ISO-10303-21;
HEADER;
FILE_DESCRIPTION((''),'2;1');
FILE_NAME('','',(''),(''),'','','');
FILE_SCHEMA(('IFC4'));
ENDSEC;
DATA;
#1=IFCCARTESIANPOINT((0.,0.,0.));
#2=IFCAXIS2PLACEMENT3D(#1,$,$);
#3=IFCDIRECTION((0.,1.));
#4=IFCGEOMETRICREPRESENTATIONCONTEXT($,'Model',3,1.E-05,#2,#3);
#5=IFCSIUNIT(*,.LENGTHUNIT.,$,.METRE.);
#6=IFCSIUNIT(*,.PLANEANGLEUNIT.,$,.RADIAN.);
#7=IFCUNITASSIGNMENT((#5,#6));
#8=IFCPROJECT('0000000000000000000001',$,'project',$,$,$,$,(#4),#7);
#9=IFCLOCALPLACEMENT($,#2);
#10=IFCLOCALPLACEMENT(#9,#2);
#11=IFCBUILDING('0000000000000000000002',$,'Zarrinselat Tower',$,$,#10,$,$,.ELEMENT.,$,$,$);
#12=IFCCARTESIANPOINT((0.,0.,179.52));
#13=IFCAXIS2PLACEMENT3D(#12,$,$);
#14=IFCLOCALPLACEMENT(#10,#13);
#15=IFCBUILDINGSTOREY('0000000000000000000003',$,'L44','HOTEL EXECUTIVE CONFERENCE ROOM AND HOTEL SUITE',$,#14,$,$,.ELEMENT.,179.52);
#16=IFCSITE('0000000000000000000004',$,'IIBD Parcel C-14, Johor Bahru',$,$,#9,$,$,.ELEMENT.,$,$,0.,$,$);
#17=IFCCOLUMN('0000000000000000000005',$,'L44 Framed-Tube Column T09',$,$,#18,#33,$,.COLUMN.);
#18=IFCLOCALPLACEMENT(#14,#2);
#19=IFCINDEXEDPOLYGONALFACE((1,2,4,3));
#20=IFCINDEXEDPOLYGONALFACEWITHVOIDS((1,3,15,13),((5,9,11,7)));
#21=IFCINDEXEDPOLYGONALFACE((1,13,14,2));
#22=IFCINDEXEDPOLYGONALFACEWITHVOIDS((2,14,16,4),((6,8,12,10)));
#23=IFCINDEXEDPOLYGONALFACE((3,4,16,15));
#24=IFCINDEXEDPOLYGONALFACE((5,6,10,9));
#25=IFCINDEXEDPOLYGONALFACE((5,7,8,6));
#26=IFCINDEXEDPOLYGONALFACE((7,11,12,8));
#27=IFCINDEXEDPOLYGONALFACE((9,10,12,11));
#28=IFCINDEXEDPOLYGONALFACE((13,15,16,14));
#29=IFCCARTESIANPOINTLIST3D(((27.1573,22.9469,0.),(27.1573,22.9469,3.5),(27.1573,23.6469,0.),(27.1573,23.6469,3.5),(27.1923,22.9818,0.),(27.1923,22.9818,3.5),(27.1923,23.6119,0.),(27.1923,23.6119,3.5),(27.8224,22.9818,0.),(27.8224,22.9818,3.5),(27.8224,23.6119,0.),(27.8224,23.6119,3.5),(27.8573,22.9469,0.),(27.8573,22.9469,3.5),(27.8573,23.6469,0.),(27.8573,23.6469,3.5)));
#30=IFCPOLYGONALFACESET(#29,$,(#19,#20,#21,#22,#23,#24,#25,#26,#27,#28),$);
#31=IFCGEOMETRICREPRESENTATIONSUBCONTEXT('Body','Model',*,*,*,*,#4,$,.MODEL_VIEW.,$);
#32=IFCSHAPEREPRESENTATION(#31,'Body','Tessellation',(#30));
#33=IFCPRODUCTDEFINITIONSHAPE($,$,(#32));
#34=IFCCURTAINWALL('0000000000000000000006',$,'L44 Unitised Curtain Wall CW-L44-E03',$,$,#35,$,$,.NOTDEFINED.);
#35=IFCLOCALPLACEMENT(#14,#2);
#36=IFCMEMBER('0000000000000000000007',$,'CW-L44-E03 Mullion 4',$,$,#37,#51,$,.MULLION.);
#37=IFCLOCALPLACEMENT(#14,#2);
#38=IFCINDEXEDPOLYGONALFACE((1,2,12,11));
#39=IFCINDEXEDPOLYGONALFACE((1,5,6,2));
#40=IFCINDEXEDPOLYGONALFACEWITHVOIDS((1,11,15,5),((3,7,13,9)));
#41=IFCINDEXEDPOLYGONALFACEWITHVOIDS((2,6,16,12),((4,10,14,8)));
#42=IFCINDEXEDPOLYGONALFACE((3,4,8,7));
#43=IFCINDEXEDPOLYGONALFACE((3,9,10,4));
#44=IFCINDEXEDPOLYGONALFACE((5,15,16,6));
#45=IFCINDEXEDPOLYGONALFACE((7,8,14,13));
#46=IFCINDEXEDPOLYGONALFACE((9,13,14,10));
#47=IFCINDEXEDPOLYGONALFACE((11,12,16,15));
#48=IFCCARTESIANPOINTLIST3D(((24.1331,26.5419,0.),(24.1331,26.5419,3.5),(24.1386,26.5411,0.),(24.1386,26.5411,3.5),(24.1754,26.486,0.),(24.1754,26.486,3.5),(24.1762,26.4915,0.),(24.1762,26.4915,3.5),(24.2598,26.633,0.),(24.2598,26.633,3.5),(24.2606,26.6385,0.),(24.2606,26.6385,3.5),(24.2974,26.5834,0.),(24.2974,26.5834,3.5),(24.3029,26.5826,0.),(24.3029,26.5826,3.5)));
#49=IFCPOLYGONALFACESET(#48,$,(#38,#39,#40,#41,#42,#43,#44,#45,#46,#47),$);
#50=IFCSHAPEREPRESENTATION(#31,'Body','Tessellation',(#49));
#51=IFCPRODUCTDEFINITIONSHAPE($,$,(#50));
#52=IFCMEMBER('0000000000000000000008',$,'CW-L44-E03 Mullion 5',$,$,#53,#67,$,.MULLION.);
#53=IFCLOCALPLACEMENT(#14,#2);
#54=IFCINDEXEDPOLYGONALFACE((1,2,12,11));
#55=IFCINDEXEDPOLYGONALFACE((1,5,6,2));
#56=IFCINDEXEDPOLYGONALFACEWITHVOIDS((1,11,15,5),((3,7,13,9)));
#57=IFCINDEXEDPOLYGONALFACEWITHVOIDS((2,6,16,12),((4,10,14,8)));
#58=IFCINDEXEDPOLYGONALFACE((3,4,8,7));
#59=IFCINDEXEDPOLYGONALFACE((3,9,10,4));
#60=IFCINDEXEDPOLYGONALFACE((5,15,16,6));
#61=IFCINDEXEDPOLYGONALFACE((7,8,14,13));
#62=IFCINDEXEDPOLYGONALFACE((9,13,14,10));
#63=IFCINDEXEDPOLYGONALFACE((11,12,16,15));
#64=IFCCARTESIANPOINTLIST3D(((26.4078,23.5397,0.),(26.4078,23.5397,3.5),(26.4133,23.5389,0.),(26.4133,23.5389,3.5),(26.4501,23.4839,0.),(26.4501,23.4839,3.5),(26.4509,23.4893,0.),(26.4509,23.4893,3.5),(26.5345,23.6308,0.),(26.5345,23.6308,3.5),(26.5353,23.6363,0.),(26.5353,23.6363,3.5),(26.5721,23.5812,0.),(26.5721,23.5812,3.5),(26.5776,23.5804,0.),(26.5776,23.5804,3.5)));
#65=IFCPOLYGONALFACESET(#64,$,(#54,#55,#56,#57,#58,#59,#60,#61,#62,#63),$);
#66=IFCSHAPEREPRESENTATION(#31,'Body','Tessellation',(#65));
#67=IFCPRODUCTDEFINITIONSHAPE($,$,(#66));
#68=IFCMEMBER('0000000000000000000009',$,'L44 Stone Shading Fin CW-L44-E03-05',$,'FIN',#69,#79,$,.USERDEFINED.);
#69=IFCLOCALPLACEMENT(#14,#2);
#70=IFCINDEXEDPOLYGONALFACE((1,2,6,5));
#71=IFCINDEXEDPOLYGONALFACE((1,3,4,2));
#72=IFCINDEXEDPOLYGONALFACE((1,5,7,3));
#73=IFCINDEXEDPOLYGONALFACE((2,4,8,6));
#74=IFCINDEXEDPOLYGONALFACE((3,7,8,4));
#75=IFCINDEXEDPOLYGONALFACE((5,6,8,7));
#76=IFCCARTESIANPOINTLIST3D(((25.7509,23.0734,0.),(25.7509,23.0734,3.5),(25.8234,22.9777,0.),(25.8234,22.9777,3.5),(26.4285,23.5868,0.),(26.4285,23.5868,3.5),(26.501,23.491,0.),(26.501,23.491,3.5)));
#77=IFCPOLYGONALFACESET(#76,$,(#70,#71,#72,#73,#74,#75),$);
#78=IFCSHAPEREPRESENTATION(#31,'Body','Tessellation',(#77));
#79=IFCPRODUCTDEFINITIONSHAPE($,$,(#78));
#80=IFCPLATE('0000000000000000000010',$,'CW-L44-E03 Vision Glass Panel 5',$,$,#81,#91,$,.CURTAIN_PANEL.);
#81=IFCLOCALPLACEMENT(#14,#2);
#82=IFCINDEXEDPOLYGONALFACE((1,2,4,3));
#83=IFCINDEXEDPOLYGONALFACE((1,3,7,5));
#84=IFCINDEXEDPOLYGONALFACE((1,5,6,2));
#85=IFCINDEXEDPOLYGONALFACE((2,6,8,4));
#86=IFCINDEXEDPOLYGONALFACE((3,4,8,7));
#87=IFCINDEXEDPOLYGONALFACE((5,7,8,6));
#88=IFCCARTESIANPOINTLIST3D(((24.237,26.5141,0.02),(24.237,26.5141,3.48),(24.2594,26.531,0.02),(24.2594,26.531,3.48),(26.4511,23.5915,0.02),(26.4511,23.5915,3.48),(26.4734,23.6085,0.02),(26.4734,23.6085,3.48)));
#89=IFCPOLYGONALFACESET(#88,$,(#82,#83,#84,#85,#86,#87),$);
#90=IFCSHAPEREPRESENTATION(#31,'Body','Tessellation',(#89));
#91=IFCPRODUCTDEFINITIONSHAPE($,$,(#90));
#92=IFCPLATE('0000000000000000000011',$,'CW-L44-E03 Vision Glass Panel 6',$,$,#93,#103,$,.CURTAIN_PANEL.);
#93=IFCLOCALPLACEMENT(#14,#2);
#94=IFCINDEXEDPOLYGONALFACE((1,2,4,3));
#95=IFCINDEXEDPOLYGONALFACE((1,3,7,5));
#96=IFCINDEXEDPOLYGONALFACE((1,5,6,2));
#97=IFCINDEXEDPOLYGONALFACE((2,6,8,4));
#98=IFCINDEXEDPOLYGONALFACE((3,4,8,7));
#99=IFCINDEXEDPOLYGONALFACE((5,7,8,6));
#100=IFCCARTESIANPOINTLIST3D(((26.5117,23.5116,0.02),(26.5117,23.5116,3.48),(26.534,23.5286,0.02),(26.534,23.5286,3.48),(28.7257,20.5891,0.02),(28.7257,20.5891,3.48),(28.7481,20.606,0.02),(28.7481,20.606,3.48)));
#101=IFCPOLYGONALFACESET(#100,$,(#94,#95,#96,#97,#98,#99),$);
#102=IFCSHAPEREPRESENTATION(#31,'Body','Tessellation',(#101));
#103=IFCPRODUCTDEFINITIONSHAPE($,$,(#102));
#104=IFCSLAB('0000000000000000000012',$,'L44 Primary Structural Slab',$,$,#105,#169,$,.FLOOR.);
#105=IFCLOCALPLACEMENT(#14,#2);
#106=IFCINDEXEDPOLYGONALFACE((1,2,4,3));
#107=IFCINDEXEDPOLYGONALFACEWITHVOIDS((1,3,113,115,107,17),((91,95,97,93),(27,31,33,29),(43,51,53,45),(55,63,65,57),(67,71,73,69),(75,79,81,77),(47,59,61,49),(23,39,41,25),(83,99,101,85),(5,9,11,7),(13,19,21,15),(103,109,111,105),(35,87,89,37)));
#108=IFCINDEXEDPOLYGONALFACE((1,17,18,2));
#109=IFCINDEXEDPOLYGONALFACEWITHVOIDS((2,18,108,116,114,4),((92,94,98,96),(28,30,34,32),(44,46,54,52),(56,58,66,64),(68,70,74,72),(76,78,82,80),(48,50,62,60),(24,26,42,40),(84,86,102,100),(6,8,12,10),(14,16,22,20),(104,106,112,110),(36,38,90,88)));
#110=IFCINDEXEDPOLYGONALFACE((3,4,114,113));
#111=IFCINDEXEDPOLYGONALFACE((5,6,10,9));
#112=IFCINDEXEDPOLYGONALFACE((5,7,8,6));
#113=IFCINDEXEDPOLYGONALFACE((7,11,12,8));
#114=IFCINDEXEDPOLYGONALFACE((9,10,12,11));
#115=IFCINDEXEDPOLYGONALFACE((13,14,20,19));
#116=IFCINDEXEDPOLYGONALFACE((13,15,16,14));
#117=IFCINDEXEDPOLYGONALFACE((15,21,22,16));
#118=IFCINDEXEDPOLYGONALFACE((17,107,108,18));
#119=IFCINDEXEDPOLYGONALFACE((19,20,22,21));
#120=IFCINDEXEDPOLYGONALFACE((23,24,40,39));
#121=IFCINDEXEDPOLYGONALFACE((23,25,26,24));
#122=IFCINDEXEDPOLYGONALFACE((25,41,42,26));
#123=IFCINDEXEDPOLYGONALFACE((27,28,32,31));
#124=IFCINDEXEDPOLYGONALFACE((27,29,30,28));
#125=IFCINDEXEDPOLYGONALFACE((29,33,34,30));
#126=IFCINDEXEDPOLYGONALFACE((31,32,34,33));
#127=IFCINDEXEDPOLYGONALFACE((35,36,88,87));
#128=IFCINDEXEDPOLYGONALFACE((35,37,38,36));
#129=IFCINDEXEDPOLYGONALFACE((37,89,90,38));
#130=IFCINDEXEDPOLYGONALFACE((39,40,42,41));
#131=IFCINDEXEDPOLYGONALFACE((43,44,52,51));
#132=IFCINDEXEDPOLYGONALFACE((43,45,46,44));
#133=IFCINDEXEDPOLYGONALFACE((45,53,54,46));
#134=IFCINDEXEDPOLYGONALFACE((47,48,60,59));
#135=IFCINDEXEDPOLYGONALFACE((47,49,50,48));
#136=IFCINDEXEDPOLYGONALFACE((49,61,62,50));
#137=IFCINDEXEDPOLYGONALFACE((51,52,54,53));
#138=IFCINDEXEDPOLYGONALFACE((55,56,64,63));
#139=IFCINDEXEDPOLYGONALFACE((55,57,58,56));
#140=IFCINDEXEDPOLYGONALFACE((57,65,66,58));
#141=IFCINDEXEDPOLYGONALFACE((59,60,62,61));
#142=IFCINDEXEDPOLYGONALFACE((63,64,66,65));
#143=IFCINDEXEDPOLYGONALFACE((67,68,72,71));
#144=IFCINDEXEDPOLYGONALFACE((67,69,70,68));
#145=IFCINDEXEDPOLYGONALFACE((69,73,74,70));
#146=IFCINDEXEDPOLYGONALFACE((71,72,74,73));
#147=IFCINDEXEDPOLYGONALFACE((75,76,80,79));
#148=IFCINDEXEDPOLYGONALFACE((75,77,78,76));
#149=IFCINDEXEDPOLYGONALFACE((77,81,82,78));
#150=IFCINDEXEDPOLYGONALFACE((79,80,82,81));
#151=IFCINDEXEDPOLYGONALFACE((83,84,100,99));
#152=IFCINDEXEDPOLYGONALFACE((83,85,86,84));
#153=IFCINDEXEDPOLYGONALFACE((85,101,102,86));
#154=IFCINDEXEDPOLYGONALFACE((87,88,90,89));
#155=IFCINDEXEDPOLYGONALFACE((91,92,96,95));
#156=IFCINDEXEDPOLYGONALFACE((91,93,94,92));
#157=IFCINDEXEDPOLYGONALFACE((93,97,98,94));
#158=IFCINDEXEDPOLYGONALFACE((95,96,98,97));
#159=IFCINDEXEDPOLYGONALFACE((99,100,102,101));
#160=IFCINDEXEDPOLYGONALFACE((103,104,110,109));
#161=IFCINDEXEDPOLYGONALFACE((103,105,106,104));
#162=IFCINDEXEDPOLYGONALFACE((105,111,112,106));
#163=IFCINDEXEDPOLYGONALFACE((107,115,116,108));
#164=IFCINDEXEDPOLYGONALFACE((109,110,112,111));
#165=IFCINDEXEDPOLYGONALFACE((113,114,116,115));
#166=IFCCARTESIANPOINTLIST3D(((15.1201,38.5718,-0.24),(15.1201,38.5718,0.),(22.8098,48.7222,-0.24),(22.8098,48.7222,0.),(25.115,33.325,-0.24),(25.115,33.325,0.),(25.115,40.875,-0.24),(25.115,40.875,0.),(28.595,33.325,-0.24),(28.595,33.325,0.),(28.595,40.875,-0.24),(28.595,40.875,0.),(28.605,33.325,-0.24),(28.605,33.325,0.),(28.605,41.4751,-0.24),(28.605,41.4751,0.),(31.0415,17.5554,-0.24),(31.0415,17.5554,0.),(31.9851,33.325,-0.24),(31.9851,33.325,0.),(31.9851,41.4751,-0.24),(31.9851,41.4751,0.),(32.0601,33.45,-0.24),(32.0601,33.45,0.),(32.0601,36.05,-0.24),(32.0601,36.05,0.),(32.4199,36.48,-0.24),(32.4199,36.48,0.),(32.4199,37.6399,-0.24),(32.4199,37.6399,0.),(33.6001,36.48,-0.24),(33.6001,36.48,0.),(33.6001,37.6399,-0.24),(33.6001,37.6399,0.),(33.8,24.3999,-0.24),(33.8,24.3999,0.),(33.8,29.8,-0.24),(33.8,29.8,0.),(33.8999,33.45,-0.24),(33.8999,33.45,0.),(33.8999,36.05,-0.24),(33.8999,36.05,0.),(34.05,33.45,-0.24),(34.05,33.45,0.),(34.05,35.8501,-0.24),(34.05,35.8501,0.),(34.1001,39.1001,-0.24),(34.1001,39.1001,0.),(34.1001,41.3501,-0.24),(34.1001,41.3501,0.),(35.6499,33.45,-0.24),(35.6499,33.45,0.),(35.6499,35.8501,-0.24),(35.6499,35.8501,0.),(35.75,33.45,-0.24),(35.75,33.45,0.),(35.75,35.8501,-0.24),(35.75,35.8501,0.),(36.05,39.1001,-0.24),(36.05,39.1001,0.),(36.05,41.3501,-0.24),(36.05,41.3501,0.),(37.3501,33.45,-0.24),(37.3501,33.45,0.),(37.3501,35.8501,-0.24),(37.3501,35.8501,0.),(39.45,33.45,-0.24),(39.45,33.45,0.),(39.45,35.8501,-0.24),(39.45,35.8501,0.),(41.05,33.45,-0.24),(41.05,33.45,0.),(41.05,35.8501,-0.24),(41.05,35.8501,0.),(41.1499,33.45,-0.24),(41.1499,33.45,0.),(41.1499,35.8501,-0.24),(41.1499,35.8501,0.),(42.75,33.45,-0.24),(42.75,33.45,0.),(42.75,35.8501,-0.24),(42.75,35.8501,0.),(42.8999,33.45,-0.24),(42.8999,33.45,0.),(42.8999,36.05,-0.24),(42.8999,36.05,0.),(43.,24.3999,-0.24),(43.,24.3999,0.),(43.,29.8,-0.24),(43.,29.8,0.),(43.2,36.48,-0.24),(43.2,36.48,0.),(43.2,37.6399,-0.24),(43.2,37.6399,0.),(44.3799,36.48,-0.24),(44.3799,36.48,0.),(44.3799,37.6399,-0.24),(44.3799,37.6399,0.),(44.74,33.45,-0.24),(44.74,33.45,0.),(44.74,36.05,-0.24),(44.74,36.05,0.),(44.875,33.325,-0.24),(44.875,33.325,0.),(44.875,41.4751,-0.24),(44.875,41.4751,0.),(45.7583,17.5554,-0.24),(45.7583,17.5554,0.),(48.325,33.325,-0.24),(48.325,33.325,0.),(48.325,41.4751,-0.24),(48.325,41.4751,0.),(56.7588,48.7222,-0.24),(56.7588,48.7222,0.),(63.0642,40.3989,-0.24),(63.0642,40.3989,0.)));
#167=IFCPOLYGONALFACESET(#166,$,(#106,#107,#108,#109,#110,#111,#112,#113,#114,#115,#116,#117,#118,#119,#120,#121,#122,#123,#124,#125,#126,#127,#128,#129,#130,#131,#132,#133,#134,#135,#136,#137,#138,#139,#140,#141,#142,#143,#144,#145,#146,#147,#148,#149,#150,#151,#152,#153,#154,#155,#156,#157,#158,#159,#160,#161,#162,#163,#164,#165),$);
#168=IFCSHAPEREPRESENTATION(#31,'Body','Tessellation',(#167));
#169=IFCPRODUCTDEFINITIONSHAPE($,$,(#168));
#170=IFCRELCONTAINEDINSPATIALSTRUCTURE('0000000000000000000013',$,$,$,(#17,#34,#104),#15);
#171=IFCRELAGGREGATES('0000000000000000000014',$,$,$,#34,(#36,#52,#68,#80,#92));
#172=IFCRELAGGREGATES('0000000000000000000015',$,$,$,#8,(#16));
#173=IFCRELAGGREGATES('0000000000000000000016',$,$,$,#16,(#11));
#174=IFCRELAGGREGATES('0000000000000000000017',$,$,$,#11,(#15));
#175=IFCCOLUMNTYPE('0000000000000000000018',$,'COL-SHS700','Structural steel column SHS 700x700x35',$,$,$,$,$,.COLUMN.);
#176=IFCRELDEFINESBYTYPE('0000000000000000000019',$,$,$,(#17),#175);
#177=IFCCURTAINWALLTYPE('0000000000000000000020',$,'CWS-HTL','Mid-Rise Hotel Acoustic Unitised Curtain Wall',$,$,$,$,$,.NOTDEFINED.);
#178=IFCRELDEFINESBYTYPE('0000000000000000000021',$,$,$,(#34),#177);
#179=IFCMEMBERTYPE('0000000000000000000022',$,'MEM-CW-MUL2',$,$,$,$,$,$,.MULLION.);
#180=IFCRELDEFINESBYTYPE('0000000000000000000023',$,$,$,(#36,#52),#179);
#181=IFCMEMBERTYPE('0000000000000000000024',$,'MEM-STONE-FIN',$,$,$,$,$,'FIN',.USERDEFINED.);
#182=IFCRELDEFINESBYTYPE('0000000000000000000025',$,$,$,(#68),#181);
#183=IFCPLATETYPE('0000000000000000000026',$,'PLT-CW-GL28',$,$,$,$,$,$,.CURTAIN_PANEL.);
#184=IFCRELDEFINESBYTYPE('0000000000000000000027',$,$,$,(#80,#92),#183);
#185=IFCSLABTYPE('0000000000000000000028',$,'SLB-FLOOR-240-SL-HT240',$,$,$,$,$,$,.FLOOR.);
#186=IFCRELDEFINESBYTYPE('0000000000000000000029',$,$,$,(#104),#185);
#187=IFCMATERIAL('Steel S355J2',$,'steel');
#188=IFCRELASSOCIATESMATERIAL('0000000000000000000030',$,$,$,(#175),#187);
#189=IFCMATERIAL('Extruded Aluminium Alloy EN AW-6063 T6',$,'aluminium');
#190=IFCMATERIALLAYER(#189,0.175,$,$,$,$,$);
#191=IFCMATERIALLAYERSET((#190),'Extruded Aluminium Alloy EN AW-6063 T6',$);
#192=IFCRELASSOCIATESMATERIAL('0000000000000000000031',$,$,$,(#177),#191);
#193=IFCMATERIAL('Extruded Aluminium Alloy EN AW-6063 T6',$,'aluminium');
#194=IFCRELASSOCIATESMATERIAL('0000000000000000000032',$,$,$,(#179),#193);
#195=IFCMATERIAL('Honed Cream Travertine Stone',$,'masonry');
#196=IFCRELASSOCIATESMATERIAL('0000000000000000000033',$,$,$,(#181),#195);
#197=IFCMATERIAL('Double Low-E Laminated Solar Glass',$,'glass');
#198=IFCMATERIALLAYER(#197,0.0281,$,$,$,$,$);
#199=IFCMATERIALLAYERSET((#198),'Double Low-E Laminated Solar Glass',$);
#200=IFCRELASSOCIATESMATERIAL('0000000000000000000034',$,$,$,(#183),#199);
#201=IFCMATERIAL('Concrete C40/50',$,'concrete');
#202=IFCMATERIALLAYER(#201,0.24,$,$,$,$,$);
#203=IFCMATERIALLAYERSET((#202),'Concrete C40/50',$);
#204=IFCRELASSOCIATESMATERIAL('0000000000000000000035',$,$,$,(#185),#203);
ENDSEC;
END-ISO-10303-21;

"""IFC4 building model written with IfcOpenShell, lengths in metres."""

from ifc_helpers import new_model, si_unit, direction, frame, origin, origin_2d, place, context, subcontext, project, spatial, polyline, rectangle, hollow_rectangle, outline, extrude, material, layer, layer_set, material_profile, profile_set, type_object, element, aggregate, save


model = new_model("IFC4")

# Units and contexts
model_context = context("Model", 3, precision=1e-05, world=origin(), true_north=direction((0.0, 1.0)))
body_context = subcontext(model_context, "Body", "Model", "MODEL_VIEW")
ifc_project = project(units=[si_unit("LENGTHUNIT", "METRE"), si_unit("PLANEANGLEUNIT", "RADIAN")], contexts=[model_context])

# Site, building, storey
site_placement = place(None, origin())
site = spatial("IfcSite", under=ifc_project, at=site_placement, Name="IIBD Parcel C-14, Johor Bahru", CompositionType="ELEMENT", RefElevation=0.0)
building_placement = place(site_placement, origin())
building = spatial("IfcBuilding", under=site, at=building_placement, Name="Zarrinselat Tower", CompositionType="ELEMENT")
storey_placement = place(building_placement, frame((0.0, 0.0, 179.52)))
storey = spatial("IfcBuildingStorey", under=building, at=storey_placement, Name="L44", Description="HOTEL EXECUTIVE CONFERENCE ROOM AND HOTEL SUITE", CompositionType="ELEMENT", Elevation=179.52)

# Column
ifc_material_1 = material(Name="Steel S355J2", Category="steel")
ifc_material_profile_1 = material_profile(ifc_material_1, hollow_rectangle(XDim=0.7, YDim=0.7, WallThickness=0.0349, at=origin_2d()), Name="SHS 700x700x35")
ifc_profile_set_1 = profile_set([ifc_material_profile_1], Name="Steel S355J2")
column_type = type_object("IfcColumnType", Name="COL-SHS700", Description="Structural steel column SHS 700x700x35", PredefinedType="COLUMN", material=ifc_profile_set_1)
column_placement = place(storey_placement, frame((27.5073, 23.2969, 0.0), z_axis=(0.0, 0.0, 1.0), x_axis=(1.0, 0.0, 0.0)))
element("IfcColumn", 1, at=column_placement, inside=storey, type_object=column_type, Name="L44 Framed-Tube Column T09", PredefinedType="COLUMN", context=body_context, shape_type="SweptSolid", body=[
    extrude(hollow_rectangle(XDim=0.7, YDim=0.7, WallThickness=0.0349, at=origin_2d()), origin(), (0.0, 0.0, 1.0), 3.5),
])

# Curtain wall, members, plates
ifc_material_2 = material(Name="Extruded Aluminium Alloy EN AW-6063 T6", Category="aluminium")
ifc_layer_1 = layer(ifc_material_2, 0.175)
ifc_layer_set_1 = layer_set([ifc_layer_1], Name="Extruded Aluminium Alloy EN AW-6063 T6")
curtain_wall_type = type_object("IfcCurtainWallType", Name="CWS-HTL", Description="Mid-Rise Hotel Acoustic Unitised Curtain Wall", PredefinedType="NOTDEFINED", material=ifc_layer_set_1)
curtain_wall_placement = place(storey_placement, origin())
curtain_wall = element("IfcCurtainWall", 2, at=curtain_wall_placement, inside=storey, type_object=curtain_wall_type, Name="L44 Unitised Curtain Wall CW-L44-E03", PredefinedType="NOTDEFINED")
ifc_material_3 = material(Name="Extruded Aluminium Alloy EN AW-6063 T6", Category="aluminium")
ifc_material_profile_2 = material_profile(ifc_material_3, hollow_rectangle(XDim=0.0701, YDim=0.1599, WallThickness=0.0039, at=origin_2d()), Name="RHS 160x70x4")
ifc_profile_set_2 = profile_set([ifc_material_profile_2], Name="Extruded Aluminium Alloy EN AW-6063 T6")
member_type_1 = type_object("IfcMemberType", Name="MEM-CW-MUL2", PredefinedType="MULLION", material=ifc_profile_set_2)
member_1_placement = place(storey_placement, frame((24.218, 26.5623, 0.0), z_axis=(0.0, 0.0, 1.0), x_axis=(0.603857, -0.797092, 0.0)))
member_1 = element("IfcMember", 3, at=member_1_placement, type_object=member_type_1, Name="CW-L44-E03 Mullion 4", PredefinedType="MULLION", context=body_context, shape_type="SweptSolid", body=[
    extrude(hollow_rectangle(XDim=0.0701, YDim=0.1599, WallThickness=0.0039, at=origin_2d()), origin(), (0.0, 0.0, 1.0), 3.5),
])
member_2_placement = place(storey_placement, frame((26.4927, 23.5601, 0.0), z_axis=(0.0, 0.0, 1.0), x_axis=(0.603857, -0.797092, 0.0)))
member_2 = element("IfcMember", 4, at=member_2_placement, type_object=member_type_1, Name="CW-L44-E03 Mullion 5", PredefinedType="MULLION", context=body_context, shape_type="SweptSolid", body=[
    extrude(hollow_rectangle(XDim=0.0701, YDim=0.1599, WallThickness=0.0039, at=origin_2d()), origin(), (0.0, 0.0, 1.0), 3.5),
])
ifc_material_4 = material(Name="Honed Cream Travertine Stone", Category="masonry")
ifc_material_profile_3 = material_profile(ifc_material_4, rectangle(XDim=0.1201, YDim=0.8501, at=origin_2d()), Name="FIN 850x120")
ifc_profile_set_3 = profile_set([ifc_material_profile_3], Name="Honed Cream Travertine Stone")
member_type_2 = type_object("IfcMemberType", Name="MEM-STONE-FIN", ElementType="FIN", PredefinedType="USERDEFINED", material=ifc_profile_set_3)
member_3_placement = place(storey_placement, frame((26.126, 23.2822, 0.0), z_axis=(0.0, 0.0, 1.0), x_axis=(-0.603857, 0.797092, 0.0)))
member_3 = element("IfcMember", 5, at=member_3_placement, type_object=member_type_2, Name="L44 Stone Shading Fin CW-L44-E03-05", ObjectType="FIN", PredefinedType="USERDEFINED", context=body_context, shape_type="SweptSolid", body=[
    extrude(rectangle(XDim=0.1201, YDim=0.8501, at=origin_2d()), origin(), (0.0, 0.0, 1.0), 3.5),
])
ifc_material_5 = material(Name="Double Low-E Laminated Solar Glass", Category="glass")
ifc_layer_2 = layer(ifc_material_5, 0.0281)
ifc_layer_set_2 = layer_set([ifc_layer_2], Name="Double Low-E Laminated Solar Glass")
plate_type = type_object("IfcPlateType", Name="PLT-CW-GL28", PredefinedType="CURTAIN_PANEL", material=ifc_layer_set_2)
plate_1_placement = place(storey_placement, frame((25.3552, 25.0613, 0.02), z_axis=(0.0, 0.0, 1.0), x_axis=(0.603857, -0.797092, 0.0)))
plate_1 = element("IfcPlate", 6, at=plate_1_placement, type_object=plate_type, Name="CW-L44-E03 Vision Glass Panel 5", PredefinedType="CURTAIN_PANEL", context=body_context, shape_type="SweptSolid", body=[
    extrude(rectangle(XDim=3.6665, YDim=0.0281, at=origin_2d()), origin(), (0.0, 0.0, 1.0), 3.46),
])
plate_2_placement = place(storey_placement, frame((27.6299, 22.0588, 0.02), z_axis=(0.0, 0.0, 1.0), x_axis=(0.603857, -0.797092, 0.0)))
plate_2 = element("IfcPlate", 7, at=plate_2_placement, type_object=plate_type, Name="CW-L44-E03 Vision Glass Panel 6", PredefinedType="CURTAIN_PANEL", context=body_context, shape_type="SweptSolid", body=[
    extrude(rectangle(XDim=3.6665, YDim=0.0281, at=origin_2d()), origin(), (0.0, 0.0, 1.0), 3.46),
])
aggregate(curtain_wall, [member_1, member_2, member_3, plate_1, plate_2])

# Slab
ifc_material_6 = material(Name="Concrete C40/50", Category="concrete")
ifc_layer_3 = layer(ifc_material_6, 0.24)
ifc_layer_set_3 = layer_set([ifc_layer_3], Name="Concrete C40/50")
slab_type_1 = type_object("IfcSlabType", Name="SLB-FLOOR-240-SL-HT240", PredefinedType="FLOOR", material=ifc_layer_set_3)
slab_1_placement = place(storey_placement, frame((0.0, 0.0, -0.24)))
element("IfcSlab", 8, at=slab_1_placement, inside=storey, type_object=slab_type_1, Name="L44 Primary Structural Slab", PredefinedType="FLOOR", context=body_context, shape_type="SweptSolid", body=[
    extrude(outline(polyline([(56.7588, 48.7222), (22.8098, 48.7222), (15.1201, 38.5718), (31.0415, 17.5554), (45.7583, 17.5554), (63.0642, 40.3989), (56.7588, 48.7222)]), holes=[polyline([(35.6499, 33.45), (34.05, 33.45), (34.05, 35.8501), (35.6499, 35.8501), (35.6499, 33.45)]), polyline([(35.75, 33.45), (35.75, 35.8501), (37.3501, 35.8501), (37.3501, 33.45), (35.75, 33.45)]), polyline([(32.0601, 33.45), (32.0601, 36.05), (33.8999, 36.05), (33.8999, 33.45), (32.0601, 33.45)]), polyline([(33.6001, 36.48), (32.4199, 36.48), (32.4199, 37.6399), (33.6001, 37.6399), (33.6001, 36.48)]), polyline([(28.595, 33.325), (25.115, 33.325), (25.115, 40.875), (28.595, 40.875), (28.595, 33.325)]), polyline([(31.9851, 33.325), (28.605, 33.325), (28.605, 41.4751), (31.9851, 41.4751), (31.9851, 33.325)]), polyline([(36.05, 39.1001), (34.1001, 39.1001), (34.1001, 41.3501), (36.05, 41.3501), (36.05, 39.1001)]), polyline([(33.8, 24.3999), (33.8, 29.8), (43.0, 29.8), (43.0, 24.3999), (33.8, 24.3999)]), polyline([(39.45, 33.45), (39.45, 35.8501), (41.05, 35.8501), (41.05, 33.45), (39.45, 33.45)]), polyline([(41.1499, 33.45), (41.1499, 35.8501), (42.75, 35.8501), (42.75, 33.45), (41.1499, 33.45)]), polyline([(42.8999, 33.45), (42.8999, 36.05), (44.74, 36.05), (44.74, 33.45), (42.8999, 33.45)]), polyline([(43.2, 36.48), (43.2, 37.6399), (44.3799, 37.6399), (44.3799, 36.48), (43.2, 36.48)]), polyline([(48.325, 33.325), (44.875, 33.325), (44.875, 41.4751), (48.325, 41.4751), (48.325, 33.325)])]), origin(), (0.0, 0.0, 1.0), 0.24),
])

save(model, "model.ifc")
